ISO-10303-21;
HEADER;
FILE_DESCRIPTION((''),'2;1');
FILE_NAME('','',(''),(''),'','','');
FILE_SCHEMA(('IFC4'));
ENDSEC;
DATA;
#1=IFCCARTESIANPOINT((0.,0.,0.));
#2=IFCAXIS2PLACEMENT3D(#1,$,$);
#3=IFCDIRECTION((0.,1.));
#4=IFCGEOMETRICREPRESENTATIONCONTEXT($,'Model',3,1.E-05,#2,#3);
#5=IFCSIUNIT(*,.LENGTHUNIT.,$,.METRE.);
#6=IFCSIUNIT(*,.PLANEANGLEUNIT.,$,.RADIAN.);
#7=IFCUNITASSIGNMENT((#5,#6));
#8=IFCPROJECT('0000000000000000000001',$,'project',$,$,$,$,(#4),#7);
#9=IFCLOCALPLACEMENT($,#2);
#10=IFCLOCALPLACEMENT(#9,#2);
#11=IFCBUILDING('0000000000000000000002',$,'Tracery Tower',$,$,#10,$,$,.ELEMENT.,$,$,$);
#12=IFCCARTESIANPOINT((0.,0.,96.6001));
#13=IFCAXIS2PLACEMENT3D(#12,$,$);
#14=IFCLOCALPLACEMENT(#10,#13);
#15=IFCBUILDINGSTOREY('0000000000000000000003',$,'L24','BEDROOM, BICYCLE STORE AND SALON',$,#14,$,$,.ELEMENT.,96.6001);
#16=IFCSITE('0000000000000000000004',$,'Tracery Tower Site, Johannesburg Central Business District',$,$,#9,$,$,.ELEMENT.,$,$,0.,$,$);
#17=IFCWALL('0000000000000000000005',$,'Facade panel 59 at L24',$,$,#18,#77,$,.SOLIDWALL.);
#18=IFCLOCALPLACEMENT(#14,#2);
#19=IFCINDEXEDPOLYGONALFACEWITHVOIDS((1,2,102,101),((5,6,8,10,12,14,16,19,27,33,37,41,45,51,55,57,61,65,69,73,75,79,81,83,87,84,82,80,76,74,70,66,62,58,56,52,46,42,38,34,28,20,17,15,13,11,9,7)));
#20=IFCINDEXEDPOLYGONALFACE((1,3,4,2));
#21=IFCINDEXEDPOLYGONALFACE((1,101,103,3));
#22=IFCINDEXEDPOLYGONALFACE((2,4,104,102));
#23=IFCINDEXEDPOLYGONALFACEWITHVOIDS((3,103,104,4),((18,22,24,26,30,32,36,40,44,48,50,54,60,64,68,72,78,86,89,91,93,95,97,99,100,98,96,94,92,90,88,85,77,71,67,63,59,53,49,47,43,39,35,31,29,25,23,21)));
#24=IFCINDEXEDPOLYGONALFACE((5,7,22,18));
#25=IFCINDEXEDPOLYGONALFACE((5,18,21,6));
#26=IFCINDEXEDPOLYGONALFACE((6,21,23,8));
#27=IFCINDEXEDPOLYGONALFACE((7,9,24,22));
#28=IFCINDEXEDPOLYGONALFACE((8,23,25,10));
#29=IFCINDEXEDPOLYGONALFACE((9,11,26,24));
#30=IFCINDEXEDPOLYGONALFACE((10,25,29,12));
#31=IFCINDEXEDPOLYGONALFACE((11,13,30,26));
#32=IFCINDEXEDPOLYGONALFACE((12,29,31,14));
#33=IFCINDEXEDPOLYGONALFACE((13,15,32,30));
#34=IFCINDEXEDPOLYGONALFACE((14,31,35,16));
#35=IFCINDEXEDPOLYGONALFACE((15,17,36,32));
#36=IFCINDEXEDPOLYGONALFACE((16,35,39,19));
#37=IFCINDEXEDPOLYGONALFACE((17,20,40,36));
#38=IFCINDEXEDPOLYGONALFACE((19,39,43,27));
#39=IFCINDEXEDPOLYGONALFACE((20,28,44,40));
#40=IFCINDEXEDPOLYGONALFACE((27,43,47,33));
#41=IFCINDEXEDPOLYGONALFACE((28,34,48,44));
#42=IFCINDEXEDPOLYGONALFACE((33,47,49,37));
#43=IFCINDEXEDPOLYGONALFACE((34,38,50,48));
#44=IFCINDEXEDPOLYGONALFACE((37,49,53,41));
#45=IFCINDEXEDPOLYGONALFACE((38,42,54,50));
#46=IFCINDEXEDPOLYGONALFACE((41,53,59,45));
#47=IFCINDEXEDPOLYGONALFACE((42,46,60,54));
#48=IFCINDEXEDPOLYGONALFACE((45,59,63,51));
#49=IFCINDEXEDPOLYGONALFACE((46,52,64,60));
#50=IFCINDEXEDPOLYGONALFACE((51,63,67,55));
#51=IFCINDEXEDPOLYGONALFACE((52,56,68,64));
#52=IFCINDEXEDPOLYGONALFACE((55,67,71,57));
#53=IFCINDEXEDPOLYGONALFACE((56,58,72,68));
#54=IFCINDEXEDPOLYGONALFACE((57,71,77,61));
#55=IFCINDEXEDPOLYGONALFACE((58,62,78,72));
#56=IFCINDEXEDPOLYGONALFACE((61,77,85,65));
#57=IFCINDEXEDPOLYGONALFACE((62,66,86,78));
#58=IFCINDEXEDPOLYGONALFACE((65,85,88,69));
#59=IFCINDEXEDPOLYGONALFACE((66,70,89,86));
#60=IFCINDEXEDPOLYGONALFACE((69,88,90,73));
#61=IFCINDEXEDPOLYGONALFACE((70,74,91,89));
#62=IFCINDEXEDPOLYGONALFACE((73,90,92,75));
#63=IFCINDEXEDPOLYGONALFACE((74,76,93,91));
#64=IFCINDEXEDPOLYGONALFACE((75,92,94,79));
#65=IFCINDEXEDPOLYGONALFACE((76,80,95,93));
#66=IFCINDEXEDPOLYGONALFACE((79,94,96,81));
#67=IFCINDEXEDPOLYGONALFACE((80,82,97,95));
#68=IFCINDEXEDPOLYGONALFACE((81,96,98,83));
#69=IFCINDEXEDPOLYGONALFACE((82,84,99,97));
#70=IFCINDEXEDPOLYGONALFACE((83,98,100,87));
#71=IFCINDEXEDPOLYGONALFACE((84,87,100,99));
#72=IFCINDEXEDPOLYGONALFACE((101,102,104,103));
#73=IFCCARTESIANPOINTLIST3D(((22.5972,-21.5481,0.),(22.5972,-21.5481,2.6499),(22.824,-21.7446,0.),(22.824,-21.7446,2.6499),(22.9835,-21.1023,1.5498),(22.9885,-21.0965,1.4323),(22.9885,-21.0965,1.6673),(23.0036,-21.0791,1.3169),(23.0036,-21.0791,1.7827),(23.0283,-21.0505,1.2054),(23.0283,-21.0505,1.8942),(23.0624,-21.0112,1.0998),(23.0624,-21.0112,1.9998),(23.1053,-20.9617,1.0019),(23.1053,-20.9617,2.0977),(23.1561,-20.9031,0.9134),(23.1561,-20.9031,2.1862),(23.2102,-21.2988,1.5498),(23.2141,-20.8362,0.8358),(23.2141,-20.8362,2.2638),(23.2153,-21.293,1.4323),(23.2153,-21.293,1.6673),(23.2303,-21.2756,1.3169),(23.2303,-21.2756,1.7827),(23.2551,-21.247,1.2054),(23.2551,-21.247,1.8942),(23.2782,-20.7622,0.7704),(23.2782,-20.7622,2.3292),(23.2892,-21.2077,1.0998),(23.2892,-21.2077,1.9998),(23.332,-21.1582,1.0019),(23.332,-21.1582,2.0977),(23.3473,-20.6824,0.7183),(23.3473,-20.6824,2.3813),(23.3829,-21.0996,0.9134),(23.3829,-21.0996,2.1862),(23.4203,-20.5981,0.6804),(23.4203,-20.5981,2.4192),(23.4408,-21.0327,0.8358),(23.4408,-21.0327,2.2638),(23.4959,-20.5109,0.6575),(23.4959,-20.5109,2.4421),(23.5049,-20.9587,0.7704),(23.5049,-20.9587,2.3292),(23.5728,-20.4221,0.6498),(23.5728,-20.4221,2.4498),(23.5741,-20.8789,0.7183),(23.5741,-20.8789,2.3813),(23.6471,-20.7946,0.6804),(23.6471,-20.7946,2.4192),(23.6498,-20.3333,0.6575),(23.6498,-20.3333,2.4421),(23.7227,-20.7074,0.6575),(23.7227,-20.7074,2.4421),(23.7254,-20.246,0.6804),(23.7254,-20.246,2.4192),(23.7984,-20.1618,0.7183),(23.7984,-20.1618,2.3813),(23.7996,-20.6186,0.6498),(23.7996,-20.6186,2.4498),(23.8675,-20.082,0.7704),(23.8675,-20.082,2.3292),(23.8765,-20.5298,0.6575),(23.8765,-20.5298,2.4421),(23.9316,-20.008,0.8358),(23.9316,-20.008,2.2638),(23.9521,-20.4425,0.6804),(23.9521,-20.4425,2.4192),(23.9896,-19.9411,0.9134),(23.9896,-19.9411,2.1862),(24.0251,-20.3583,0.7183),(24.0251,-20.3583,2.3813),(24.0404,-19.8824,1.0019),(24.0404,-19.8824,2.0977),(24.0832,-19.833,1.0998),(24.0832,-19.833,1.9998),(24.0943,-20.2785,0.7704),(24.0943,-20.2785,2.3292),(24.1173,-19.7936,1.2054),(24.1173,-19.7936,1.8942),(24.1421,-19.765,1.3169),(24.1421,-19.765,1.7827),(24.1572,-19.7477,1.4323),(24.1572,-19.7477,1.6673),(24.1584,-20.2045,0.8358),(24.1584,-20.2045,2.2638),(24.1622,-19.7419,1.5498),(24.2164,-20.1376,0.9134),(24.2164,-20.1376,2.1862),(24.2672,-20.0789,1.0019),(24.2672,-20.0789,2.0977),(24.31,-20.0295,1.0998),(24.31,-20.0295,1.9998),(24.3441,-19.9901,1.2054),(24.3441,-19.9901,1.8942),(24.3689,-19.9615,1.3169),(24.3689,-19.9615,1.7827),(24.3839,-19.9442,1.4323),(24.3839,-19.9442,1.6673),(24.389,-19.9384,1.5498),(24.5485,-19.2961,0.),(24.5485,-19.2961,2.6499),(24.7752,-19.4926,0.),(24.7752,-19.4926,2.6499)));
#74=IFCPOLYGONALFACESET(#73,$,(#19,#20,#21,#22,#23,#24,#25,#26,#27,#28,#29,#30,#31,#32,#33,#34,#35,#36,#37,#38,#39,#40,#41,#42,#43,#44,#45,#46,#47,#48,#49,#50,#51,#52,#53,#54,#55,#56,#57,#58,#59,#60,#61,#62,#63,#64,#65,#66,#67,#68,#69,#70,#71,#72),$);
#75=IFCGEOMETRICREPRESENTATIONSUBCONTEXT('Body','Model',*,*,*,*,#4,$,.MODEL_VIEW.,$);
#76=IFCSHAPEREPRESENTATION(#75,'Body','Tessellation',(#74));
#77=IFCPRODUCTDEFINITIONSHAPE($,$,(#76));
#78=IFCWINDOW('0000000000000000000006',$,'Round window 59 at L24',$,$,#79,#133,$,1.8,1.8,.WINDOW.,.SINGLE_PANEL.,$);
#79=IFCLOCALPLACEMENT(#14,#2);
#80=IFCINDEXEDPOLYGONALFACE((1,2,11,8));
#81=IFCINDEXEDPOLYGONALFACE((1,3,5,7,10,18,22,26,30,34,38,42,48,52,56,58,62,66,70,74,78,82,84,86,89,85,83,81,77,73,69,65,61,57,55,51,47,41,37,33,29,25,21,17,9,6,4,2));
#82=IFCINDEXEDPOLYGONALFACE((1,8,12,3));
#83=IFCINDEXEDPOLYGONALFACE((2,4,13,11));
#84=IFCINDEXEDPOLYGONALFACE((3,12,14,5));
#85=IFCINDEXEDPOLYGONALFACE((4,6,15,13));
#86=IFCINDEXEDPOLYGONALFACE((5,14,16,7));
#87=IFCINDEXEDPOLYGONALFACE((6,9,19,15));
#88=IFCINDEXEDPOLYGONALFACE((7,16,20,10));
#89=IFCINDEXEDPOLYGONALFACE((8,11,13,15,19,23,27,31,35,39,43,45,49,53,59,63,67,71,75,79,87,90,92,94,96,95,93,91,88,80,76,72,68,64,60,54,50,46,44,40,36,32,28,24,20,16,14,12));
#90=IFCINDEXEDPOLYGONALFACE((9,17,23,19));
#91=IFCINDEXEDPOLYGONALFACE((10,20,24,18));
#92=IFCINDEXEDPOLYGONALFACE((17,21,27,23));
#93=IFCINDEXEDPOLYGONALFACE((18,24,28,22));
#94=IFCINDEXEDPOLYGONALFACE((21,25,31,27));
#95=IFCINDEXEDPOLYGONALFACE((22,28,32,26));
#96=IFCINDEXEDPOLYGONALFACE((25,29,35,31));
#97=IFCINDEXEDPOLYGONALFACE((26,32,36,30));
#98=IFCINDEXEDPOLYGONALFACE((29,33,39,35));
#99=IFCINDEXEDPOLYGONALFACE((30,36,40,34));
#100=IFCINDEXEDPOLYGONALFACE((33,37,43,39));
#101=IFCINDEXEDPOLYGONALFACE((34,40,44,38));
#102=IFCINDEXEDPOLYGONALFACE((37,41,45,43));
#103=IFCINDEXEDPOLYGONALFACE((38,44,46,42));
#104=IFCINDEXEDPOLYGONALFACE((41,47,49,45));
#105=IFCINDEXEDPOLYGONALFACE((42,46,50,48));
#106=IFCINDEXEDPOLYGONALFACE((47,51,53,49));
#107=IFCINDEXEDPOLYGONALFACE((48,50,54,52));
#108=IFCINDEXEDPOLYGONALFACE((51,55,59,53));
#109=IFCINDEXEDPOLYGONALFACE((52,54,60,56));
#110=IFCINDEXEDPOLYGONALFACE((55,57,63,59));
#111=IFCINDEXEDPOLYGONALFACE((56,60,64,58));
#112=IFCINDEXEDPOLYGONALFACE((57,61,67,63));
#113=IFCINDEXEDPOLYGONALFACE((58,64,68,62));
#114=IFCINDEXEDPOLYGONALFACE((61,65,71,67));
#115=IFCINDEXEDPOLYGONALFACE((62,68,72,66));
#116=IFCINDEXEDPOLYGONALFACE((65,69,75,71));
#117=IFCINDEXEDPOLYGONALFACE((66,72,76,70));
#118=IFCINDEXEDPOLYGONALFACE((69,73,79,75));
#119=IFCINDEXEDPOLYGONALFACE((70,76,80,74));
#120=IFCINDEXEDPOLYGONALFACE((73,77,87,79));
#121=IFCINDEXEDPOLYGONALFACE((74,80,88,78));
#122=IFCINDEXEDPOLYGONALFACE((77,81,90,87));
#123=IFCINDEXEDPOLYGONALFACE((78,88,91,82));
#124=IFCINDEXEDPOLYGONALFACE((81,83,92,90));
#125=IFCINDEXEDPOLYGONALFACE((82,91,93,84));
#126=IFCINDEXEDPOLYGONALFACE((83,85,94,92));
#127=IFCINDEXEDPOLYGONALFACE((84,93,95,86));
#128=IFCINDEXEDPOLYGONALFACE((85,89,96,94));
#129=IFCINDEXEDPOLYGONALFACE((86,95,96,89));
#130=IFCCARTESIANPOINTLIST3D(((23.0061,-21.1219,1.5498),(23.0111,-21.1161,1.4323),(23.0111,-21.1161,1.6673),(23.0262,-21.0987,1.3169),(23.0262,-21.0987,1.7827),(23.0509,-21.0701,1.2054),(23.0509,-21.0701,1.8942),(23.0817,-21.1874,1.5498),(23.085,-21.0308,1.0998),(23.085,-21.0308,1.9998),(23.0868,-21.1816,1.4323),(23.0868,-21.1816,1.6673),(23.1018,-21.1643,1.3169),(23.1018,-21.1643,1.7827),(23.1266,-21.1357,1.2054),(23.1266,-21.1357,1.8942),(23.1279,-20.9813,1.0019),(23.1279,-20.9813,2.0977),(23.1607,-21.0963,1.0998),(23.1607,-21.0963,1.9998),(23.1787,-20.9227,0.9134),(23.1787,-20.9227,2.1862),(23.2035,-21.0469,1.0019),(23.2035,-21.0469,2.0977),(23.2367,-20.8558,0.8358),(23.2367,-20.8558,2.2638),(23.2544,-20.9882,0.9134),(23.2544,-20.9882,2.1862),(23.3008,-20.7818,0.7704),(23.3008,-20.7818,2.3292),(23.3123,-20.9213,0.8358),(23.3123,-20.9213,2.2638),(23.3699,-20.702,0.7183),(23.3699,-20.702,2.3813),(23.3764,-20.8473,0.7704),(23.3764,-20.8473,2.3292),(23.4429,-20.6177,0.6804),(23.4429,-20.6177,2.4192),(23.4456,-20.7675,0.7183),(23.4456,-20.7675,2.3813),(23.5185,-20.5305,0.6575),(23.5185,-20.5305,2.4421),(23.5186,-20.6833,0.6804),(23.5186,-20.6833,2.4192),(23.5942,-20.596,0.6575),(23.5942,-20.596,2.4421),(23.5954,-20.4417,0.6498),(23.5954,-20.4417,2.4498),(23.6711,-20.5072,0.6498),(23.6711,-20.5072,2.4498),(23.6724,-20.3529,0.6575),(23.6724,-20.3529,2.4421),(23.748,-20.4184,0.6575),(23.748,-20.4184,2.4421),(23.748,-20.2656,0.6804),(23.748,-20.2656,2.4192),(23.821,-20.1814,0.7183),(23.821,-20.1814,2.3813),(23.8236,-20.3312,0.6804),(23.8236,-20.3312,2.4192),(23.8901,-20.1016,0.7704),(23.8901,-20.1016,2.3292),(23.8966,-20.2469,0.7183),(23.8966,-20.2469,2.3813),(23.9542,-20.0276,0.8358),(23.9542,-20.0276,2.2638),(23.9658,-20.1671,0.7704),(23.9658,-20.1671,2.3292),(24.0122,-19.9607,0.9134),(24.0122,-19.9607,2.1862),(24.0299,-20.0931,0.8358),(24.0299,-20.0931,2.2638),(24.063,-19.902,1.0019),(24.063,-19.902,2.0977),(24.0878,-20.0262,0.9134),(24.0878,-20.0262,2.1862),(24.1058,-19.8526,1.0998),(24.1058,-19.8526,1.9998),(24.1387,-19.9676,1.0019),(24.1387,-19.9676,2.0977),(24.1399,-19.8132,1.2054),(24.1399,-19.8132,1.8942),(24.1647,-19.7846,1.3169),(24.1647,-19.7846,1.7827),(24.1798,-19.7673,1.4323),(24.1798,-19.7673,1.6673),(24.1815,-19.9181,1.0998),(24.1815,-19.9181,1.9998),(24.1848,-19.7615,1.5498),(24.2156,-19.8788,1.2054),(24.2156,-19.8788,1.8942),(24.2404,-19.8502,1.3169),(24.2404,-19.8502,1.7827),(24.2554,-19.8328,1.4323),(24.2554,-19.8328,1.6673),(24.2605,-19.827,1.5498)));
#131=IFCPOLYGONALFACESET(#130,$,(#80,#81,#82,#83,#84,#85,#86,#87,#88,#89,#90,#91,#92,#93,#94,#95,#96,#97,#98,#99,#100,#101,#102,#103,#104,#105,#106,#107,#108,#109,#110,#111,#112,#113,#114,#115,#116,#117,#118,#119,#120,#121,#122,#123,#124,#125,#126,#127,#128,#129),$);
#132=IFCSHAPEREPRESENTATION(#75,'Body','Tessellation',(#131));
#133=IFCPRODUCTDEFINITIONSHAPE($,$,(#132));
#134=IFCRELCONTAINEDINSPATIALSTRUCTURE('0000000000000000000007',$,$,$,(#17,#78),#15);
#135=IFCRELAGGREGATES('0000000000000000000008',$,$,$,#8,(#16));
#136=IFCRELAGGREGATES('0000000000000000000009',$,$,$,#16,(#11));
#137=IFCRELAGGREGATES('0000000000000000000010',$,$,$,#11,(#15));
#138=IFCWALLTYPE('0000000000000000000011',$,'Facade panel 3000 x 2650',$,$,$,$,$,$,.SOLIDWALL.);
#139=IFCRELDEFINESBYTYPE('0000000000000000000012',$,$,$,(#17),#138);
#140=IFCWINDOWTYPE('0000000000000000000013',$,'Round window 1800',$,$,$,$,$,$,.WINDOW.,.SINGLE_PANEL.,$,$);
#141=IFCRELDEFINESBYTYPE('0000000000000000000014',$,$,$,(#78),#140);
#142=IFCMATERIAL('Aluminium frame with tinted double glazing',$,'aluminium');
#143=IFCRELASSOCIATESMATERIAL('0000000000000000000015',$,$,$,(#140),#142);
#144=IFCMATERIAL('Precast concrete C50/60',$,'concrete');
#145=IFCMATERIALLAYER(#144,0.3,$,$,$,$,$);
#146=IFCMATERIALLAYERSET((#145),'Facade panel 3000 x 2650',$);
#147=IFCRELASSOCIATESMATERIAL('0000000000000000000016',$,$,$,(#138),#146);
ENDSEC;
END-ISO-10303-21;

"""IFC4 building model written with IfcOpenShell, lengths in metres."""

from ifc_helpers import new_model, si_unit, direction, frame, frame_2d, origin, origin_2d, place, context, subcontext, project, spatial, rectangle, circle, extrude, material, layer, layer_set, type_object, element, fill, save


model = new_model("IFC4")

# Units and contexts
model_context = context("Model", 3, precision=1e-05, world=origin(), true_north=direction((0.0, 1.0)))
body_context = subcontext(model_context, "Body", "Model", "MODEL_VIEW")
ifc_project = project(units=[si_unit("LENGTHUNIT", "METRE"), si_unit("PLANEANGLEUNIT", "RADIAN")], contexts=[model_context])

# Site, building, storey
site_placement = place(None, origin())
site = spatial("IfcSite", under=ifc_project, at=site_placement, Name="Tracery Tower Site, Johannesburg Central Business District", CompositionType="ELEMENT", RefElevation=0.0)
building_placement = place(site_placement, origin())
building = spatial("IfcBuilding", under=site, at=building_placement, Name="Tracery Tower", CompositionType="ELEMENT")
storey_placement = place(building_placement, frame((0.0, 0.0, 96.6001)))
storey = spatial("IfcBuildingStorey", under=building, at=storey_placement, Name="L24", Description="BEDROOM, BICYCLE STORE AND SALON", CompositionType="ELEMENT", Elevation=96.6001)

# Wall, opening, window
ifc_material_1 = material(Name="Aluminium frame with tinted double glazing", Category="aluminium")
window_type = type_object("IfcWindowType", Name="Round window 1800", PartitioningType="SINGLE_PANEL", PredefinedType="WINDOW", material=ifc_material_1)
ifc_material_2 = material(Name="Precast concrete C50/60", Category="concrete")
ifc_layer_1 = layer(ifc_material_2, 0.3)
ifc_layer_set_1 = layer_set([ifc_layer_1], Name="Facade panel 3000 x 2650")
wall_type_1 = type_object("IfcWallType", Name="Facade panel 3000 x 2650", PredefinedType="SOLIDWALL", material=ifc_layer_set_1)
wall_1_placement = place(storey_placement, frame((22.7107, -21.6462, 0.0), z_axis=(0.0, 0.0, 1.0), x_axis=(0.654831, 0.755776, 0.0)))
wall_1 = element("IfcWall", 1, at=wall_1_placement, inside=storey, type_object=wall_type_1, Name="Facade panel 59 at L24", PredefinedType="SOLIDWALL", context=body_context, shape_type="SweptSolid", body=[
    extrude(rectangle(XDim=2.9797, YDim=0.3, at=frame_2d((1.4897, 0.0))), origin(), (0.0, 0.0, 1.0), 2.6499),
])
opening_1_placement = place(wall_1_placement, frame((1.4897, 0.0, 1.5498)))
opening_1 = element("IfcOpeningElement", 2, at=opening_1_placement, cuts=wall_1, PredefinedType="OPENING", context=body_context, shape_type="SweptSolid", body=[
    extrude(circle(Radius=0.9, at=origin_2d()), frame((0.0, 0.1599, 0.0), z_axis=(0.0, -1.0, 0.0), x_axis=(1.0, 0.0, 0.0)), (0.0, 0.0, 1.0), 0.3201),
])
window_1_placement = place(opening_1_placement, origin())
window_1 = element("IfcWindow", 3, at=window_1_placement, inside=storey, type_object=window_type, Name="Round window 59 at L24", OverallHeight=1.8, OverallWidth=1.8, PartitioningType="SINGLE_PANEL", PredefinedType="WINDOW", context=body_context, shape_type="SweptSolid", body=[
    extrude(circle(Radius=0.9, at=origin_2d()), frame((0.0, 0.1201, 0.0), z_axis=(0.0, -1.0, 0.0), x_axis=(1.0, 0.0, 0.0)), (0.0, 0.0, 1.0), 0.1001),
])
fill(opening_1, window_1)

save(model, "model.ifc")
